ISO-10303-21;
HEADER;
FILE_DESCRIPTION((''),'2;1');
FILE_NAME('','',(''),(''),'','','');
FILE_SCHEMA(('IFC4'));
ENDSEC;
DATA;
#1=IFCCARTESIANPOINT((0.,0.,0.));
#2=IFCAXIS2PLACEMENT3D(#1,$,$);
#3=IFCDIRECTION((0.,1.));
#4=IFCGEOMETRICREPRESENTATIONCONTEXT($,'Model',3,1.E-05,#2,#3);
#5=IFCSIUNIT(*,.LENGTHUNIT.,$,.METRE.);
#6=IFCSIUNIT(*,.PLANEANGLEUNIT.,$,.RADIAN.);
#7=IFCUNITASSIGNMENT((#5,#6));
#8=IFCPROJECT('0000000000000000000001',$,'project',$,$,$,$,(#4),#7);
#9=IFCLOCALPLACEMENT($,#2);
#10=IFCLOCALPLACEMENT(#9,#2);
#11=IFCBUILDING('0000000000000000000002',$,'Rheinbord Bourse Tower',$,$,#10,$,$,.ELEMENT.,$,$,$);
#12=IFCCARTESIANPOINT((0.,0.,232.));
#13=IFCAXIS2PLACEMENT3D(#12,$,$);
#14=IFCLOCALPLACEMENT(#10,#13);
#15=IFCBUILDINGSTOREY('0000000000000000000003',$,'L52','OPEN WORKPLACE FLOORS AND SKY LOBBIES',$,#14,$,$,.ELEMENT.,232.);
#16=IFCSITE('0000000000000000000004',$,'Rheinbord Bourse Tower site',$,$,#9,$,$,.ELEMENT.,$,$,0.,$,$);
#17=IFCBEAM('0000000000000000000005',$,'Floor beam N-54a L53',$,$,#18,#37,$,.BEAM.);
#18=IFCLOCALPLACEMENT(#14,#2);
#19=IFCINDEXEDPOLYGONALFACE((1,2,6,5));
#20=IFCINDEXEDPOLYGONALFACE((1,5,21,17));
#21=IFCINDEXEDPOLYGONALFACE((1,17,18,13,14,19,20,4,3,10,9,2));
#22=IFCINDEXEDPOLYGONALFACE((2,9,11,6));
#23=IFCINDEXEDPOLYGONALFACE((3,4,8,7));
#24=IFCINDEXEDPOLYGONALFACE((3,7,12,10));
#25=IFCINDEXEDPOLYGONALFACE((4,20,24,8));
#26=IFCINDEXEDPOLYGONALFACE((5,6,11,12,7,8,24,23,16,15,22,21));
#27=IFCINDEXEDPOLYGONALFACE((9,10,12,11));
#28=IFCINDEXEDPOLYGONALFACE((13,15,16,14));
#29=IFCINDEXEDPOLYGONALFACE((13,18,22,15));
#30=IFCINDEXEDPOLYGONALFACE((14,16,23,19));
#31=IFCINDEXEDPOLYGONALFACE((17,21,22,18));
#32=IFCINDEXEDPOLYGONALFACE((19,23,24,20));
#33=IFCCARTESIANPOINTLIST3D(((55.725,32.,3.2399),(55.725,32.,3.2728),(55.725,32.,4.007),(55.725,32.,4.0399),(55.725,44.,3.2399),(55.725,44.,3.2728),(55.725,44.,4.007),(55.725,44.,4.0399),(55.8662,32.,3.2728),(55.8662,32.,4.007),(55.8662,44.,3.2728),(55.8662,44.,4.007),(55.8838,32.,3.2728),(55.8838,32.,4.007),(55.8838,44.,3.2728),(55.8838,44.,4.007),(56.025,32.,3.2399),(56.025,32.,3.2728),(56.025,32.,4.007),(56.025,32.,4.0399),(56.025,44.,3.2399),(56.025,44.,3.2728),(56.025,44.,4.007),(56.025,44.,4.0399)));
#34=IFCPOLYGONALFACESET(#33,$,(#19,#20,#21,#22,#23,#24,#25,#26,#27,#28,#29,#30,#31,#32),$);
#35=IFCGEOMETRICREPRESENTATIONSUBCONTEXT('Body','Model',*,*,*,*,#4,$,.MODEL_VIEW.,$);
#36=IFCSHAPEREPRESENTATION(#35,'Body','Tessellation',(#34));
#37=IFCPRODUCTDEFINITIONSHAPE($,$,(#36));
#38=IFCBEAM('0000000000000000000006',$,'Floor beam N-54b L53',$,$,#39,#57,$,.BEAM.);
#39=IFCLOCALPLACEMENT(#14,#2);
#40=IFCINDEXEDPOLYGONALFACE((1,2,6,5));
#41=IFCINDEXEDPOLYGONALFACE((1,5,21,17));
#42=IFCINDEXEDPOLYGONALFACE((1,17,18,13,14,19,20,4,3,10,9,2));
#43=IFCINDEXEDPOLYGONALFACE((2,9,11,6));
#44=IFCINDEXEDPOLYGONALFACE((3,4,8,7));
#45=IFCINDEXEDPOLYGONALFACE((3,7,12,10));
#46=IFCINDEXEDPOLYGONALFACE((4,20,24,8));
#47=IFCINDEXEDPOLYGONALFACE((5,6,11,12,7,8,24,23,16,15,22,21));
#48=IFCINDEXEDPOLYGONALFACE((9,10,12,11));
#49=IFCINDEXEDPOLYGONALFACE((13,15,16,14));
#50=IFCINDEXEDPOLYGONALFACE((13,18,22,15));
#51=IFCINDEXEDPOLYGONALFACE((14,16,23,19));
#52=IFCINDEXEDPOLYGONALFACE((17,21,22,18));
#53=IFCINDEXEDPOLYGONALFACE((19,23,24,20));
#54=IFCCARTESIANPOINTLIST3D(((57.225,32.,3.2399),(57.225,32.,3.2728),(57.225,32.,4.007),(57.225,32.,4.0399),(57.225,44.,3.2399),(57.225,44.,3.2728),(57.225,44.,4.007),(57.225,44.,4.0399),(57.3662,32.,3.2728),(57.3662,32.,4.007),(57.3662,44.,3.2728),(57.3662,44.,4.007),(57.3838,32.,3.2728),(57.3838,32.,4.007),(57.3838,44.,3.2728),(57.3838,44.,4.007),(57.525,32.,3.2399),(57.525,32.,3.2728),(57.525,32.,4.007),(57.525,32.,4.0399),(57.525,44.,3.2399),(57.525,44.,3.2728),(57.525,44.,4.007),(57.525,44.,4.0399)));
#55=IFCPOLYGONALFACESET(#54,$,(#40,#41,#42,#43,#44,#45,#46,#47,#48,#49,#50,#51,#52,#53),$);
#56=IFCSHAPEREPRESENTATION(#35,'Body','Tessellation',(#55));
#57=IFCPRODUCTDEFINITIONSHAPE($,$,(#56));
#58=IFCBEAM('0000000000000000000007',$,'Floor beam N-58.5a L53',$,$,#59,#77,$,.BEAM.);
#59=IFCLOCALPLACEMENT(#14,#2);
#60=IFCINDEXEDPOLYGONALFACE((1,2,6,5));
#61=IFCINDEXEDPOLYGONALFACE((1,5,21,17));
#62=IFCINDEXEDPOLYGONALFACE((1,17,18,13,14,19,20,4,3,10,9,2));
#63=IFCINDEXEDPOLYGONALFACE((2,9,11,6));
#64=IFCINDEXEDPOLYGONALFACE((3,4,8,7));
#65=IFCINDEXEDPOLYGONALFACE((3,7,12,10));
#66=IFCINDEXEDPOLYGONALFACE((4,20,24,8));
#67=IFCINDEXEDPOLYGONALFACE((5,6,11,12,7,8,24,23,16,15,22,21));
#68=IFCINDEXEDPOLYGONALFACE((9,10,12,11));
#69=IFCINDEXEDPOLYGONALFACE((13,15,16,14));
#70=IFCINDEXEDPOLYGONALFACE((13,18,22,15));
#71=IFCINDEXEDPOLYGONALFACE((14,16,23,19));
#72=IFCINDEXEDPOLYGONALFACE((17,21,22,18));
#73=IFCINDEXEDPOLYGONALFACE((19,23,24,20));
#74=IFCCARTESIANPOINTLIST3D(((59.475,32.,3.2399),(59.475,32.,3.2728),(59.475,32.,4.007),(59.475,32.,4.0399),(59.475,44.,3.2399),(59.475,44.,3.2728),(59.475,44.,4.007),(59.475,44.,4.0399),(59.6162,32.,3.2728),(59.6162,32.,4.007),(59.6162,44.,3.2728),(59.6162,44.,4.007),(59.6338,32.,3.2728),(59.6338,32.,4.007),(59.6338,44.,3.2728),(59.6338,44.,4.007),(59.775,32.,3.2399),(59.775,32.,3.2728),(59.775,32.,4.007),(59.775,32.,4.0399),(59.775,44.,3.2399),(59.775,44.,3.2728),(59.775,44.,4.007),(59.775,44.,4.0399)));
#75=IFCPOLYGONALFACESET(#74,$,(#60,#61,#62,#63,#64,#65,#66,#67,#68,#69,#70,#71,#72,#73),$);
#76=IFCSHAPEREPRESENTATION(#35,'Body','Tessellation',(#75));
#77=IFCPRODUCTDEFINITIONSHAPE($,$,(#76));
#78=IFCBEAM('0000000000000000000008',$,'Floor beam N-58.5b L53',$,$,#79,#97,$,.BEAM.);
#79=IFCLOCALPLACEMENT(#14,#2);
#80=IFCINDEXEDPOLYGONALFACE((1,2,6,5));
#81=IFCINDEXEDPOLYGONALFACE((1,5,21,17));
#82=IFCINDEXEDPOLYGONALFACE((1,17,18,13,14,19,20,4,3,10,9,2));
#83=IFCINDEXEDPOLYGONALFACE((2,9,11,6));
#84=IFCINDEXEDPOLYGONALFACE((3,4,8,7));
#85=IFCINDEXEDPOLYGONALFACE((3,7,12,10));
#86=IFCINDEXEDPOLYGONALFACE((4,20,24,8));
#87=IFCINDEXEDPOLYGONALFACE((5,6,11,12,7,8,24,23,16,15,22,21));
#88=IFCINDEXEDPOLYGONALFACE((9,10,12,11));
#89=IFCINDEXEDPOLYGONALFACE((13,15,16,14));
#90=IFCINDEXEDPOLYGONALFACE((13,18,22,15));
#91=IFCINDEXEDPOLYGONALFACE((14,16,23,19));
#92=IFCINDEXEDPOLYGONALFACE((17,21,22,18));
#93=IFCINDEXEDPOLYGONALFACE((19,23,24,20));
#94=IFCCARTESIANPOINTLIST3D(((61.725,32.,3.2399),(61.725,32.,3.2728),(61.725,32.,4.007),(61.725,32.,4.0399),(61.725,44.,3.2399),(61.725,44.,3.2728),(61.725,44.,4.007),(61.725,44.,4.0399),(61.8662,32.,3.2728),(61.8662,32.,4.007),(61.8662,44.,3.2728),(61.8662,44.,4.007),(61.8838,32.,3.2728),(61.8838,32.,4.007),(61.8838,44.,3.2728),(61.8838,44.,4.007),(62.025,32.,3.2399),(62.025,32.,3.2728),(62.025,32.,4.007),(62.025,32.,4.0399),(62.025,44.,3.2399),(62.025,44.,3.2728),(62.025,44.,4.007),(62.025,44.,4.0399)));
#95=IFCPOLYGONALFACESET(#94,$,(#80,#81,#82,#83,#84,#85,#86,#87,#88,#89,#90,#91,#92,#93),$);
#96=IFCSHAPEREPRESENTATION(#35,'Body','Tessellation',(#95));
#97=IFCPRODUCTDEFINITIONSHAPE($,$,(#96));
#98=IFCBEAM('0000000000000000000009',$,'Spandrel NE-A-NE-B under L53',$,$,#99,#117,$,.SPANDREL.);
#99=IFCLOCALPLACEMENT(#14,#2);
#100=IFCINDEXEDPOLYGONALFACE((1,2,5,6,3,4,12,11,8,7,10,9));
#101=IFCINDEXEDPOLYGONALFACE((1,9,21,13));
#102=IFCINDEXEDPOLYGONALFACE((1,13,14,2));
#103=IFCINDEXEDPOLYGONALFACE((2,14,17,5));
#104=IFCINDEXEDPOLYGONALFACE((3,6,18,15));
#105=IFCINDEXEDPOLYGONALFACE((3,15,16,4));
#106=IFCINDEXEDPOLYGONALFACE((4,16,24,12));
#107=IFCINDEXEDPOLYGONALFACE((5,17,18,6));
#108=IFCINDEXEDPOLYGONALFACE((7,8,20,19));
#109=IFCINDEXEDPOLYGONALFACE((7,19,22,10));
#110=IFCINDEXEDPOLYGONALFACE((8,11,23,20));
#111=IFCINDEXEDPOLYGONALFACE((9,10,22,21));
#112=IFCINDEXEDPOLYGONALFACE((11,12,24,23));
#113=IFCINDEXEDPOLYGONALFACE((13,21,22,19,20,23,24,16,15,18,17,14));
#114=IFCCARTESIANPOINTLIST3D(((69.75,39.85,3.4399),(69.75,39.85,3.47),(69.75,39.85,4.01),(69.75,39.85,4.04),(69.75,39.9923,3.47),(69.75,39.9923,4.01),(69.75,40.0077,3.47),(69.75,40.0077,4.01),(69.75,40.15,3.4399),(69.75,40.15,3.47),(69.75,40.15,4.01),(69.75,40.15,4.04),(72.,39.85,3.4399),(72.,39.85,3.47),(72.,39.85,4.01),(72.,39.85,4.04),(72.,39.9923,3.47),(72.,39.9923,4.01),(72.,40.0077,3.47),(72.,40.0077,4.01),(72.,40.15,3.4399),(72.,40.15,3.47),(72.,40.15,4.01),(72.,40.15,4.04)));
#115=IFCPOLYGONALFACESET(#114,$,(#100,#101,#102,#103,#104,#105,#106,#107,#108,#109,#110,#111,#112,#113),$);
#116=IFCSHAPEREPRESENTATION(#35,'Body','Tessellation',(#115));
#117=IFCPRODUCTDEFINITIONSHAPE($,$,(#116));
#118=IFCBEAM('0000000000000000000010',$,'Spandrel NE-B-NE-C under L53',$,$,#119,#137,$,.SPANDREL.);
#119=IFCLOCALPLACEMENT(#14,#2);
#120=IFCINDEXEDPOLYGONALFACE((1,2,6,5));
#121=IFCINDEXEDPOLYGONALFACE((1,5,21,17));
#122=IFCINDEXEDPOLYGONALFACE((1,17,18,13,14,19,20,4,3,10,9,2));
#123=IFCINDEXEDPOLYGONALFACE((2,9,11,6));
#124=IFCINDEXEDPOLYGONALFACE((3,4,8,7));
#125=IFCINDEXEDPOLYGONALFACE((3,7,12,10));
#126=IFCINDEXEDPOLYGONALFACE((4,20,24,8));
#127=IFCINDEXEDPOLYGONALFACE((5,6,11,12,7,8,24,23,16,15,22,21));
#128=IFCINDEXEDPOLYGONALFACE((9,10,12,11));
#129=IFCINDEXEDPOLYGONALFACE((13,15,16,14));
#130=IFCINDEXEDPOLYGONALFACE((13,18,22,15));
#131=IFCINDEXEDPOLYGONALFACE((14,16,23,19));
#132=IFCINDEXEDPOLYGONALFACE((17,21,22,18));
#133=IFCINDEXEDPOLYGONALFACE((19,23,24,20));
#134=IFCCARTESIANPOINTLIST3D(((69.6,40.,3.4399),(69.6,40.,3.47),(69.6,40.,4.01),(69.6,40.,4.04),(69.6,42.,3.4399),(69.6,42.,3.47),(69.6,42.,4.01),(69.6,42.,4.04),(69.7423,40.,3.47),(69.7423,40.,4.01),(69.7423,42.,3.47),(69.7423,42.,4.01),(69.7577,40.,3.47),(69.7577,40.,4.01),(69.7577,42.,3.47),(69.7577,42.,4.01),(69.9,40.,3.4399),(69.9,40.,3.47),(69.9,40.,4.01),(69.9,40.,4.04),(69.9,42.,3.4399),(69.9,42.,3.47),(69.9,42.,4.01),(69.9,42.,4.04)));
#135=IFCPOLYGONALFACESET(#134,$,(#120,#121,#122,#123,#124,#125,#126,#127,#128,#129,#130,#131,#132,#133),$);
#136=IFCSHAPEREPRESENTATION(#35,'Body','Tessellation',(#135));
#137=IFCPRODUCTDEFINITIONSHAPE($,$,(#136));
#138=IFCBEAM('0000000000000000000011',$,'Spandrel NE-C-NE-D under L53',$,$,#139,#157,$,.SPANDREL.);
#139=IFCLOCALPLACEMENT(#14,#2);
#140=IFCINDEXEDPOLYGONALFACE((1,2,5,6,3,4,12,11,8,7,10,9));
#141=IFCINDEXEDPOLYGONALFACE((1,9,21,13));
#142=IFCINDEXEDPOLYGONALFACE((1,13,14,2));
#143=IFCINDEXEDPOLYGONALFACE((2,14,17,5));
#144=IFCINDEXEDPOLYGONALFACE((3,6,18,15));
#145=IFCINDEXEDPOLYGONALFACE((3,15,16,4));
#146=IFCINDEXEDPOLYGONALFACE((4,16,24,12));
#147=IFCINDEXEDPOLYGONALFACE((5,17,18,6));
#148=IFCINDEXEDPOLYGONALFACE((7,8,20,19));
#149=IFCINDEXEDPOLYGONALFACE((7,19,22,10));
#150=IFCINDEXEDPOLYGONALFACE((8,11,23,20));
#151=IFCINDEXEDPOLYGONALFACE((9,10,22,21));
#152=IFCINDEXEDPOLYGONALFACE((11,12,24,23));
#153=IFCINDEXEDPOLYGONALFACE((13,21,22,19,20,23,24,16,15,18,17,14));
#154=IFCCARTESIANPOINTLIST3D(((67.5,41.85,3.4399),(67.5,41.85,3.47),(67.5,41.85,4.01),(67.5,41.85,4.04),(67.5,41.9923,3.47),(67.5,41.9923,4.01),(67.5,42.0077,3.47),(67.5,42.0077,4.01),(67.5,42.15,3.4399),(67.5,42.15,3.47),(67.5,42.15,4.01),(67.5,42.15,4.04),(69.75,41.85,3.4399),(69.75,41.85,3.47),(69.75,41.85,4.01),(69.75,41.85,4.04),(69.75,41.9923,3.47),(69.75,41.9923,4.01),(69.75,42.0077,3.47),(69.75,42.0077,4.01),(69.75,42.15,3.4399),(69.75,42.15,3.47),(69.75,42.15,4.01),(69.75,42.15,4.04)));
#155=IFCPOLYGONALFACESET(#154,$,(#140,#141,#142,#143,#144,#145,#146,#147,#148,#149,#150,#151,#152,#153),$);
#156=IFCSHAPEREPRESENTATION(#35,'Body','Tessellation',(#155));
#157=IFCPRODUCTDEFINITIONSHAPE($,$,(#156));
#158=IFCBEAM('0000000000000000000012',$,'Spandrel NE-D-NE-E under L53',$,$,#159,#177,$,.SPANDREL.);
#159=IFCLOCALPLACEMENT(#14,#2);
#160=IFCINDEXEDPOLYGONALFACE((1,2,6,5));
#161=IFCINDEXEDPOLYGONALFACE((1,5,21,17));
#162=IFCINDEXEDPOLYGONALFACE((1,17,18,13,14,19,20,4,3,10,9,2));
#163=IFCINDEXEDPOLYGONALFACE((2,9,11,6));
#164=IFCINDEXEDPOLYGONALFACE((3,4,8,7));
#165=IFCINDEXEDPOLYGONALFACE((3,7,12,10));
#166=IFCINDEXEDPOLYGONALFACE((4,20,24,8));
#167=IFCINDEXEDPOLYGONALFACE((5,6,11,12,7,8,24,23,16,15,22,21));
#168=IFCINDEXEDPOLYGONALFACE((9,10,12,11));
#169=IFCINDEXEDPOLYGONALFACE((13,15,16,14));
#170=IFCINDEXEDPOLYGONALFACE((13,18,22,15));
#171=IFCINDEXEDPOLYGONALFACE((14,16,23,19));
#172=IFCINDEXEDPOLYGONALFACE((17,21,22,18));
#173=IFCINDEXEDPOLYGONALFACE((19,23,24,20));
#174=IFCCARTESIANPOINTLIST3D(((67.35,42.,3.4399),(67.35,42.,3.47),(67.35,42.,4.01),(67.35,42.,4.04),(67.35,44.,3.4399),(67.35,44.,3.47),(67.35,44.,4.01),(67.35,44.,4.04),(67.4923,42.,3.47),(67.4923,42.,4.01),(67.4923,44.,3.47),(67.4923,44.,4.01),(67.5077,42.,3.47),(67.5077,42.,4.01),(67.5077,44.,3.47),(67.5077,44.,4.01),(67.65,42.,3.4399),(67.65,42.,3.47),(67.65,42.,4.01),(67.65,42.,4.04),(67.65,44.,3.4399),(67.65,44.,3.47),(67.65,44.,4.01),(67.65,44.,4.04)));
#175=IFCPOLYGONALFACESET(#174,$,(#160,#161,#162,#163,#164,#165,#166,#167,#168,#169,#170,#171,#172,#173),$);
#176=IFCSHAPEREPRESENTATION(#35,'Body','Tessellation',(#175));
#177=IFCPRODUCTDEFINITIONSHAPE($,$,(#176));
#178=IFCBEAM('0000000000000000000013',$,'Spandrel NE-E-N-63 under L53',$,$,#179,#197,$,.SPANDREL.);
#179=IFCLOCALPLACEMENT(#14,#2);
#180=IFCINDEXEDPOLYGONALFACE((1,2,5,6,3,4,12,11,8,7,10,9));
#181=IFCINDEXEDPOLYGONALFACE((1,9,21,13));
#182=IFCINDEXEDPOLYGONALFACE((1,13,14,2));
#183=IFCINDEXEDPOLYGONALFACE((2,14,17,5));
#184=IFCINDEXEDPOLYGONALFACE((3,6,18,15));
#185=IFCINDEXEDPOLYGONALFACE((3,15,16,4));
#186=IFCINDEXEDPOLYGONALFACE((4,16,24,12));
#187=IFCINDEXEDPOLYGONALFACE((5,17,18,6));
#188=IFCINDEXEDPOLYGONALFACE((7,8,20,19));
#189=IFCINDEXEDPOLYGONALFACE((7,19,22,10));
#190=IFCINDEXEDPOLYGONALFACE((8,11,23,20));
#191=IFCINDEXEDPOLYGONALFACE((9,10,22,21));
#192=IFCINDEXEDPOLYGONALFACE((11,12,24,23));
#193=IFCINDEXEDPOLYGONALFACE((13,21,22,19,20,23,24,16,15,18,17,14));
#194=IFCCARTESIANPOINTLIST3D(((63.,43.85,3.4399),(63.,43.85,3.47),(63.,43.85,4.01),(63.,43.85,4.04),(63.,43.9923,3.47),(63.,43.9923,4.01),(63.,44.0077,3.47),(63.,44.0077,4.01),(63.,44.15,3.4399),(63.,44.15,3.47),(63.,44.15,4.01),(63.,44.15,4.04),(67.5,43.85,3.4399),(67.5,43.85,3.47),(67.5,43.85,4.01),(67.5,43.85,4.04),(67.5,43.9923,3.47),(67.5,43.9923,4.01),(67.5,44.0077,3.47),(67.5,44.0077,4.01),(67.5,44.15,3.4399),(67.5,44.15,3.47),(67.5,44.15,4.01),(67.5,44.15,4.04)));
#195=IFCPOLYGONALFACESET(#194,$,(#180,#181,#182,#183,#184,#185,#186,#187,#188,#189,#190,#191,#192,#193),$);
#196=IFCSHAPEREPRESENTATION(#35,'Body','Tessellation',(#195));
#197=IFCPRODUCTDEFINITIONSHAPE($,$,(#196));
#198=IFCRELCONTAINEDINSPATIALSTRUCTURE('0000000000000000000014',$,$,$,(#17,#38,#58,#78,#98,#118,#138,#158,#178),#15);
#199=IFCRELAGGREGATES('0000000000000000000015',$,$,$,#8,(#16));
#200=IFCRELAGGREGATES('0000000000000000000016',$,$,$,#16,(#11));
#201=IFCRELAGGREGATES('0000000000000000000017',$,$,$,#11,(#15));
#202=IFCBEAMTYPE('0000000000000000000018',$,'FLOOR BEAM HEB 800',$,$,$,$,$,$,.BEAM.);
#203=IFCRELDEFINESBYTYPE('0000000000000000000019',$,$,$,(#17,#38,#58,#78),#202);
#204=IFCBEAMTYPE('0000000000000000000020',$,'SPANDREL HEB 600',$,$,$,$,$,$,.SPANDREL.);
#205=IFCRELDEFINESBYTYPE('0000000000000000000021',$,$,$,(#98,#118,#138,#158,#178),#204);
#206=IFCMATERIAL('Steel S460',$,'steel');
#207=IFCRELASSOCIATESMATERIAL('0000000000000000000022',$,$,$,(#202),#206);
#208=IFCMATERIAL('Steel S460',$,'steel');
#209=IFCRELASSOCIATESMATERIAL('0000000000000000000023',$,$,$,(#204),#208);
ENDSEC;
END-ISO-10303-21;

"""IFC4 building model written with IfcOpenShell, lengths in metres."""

from ifc_helpers import new_model, si_unit, direction, frame, origin, origin_2d, place, context, subcontext, project, spatial, i_section, extrude, material, material_profile, profile_set, type_object, element, save


model = new_model("IFC4")

# Units and contexts
model_context = context("Model", 3, precision=1e-05, world=origin(), true_north=direction((0.0, 1.0)))
body_context = subcontext(model_context, "Body", "Model", "MODEL_VIEW")
ifc_project = project(units=[si_unit("LENGTHUNIT", "METRE"), si_unit("PLANEANGLEUNIT", "RADIAN")], contexts=[model_context])

# Site, building, storey
site_placement = place(None, origin())
site = spatial("IfcSite", under=ifc_project, at=site_placement, Name="Rheinbord Bourse Tower site", CompositionType="ELEMENT", RefElevation=0.0)
building_placement = place(site_placement, origin())
building = spatial("IfcBuilding", under=site, at=building_placement, Name="Rheinbord Bourse Tower", CompositionType="ELEMENT")
storey_placement = place(building_placement, frame((0.0, 0.0, 232.0)))
storey = spatial("IfcBuildingStorey", under=building, at=storey_placement, Name="L52", Description="OPEN WORKPLACE FLOORS AND SKY LOBBIES", CompositionType="ELEMENT", Elevation=232.0)

# Beams
ifc_material_1 = material(Name="Steel S460", Category="steel")
ifc_material_profile_1 = material_profile(ifc_material_1, i_section(OverallWidth=0.3, OverallDepth=0.8, WebThickness=0.0176, FlangeThickness=0.033, at=origin_2d()), Name="HEB 800")
ifc_profile_set_1 = profile_set([ifc_material_profile_1], Name="Steel S460")
beam_type_1 = type_object("IfcBeamType", Name="FLOOR BEAM HEB 800", PredefinedType="BEAM", material=ifc_profile_set_1)
for number, where, z_axis, x_axis, name in (
    (1, (55.875, 44.0, 3.6399), (0.0, -1.0, 0.0), (1.0, 0.0, 0.0), "Floor beam N-54a L53"),
    (2, (57.375, 44.0, 3.6399), (0.0, -1.0, 0.0), (1.0, 0.0, 0.0), "Floor beam N-54b L53"),
    (3, (59.625, 44.0, 3.6399), (0.0, -1.0, 0.0), (1.0, 0.0, 0.0), "Floor beam N-58.5a L53"),
    (4, (61.875, 44.0, 3.6399), (0.0, -1.0, 0.0), (1.0, 0.0, 0.0), "Floor beam N-58.5b L53"),
):
    element("IfcBeam", number, at=place(storey_placement, frame(where, z_axis=z_axis, x_axis=x_axis)), inside=storey, type_object=beam_type_1, Name=name, PredefinedType="BEAM", context=body_context, shape_type="SweptSolid", body=[
        extrude(i_section(OverallWidth=0.3, OverallDepth=0.8, WebThickness=0.0176, FlangeThickness=0.033, at=origin_2d()), origin(), (0.0, 0.0, 1.0), 12.0),
    ])
ifc_material_2 = material(Name="Steel S460", Category="steel")
ifc_material_profile_2 = material_profile(ifc_material_2, i_section(OverallWidth=0.3, OverallDepth=0.6001, WebThickness=0.0154, FlangeThickness=0.03, at=origin_2d()), Name="HEB 600")
ifc_profile_set_2 = profile_set([ifc_material_profile_2], Name="Steel S460")
beam_type_2 = type_object("IfcBeamType", Name="SPANDREL HEB 600", PredefinedType="SPANDREL", material=ifc_profile_set_2)
beam_1_placement = place(storey_placement, frame((72.0, 40.0, 3.74), z_axis=(-1.0, 0.0, 0.0), x_axis=(0.0, -1.0, 0.0)))
element("IfcBeam", 5, at=beam_1_placement, inside=storey, type_object=beam_type_2, Name="Spandrel NE-A-NE-B under L53", PredefinedType="SPANDREL", context=body_context, shape_type="SweptSolid", body=[
    extrude(i_section(OverallWidth=0.3, OverallDepth=0.6001, WebThickness=0.0154, FlangeThickness=0.03, at=origin_2d()), origin(), (0.0, 0.0, 1.0), 2.25),
])
beam_2_placement = place(storey_placement, frame((69.75, 40.0, 3.74), z_axis=(0.0, 1.0, 0.0), x_axis=(-1.0, 0.0, 0.0)))
element("IfcBeam", 6, at=beam_2_placement, inside=storey, type_object=beam_type_2, Name="Spandrel NE-B-NE-C under L53", PredefinedType="SPANDREL", context=body_context, shape_type="SweptSolid", body=[
    extrude(i_section(OverallWidth=0.3, OverallDepth=0.6001, WebThickness=0.0154, FlangeThickness=0.03, at=origin_2d()), origin(), (0.0, 0.0, 1.0), 2.0),
])
beam_3_placement = place(storey_placement, frame((69.75, 42.0, 3.74), z_axis=(-1.0, 0.0, 0.0), x_axis=(0.0, -1.0, 0.0)))
element("IfcBeam", 7, at=beam_3_placement, inside=storey, type_object=beam_type_2, Name="Spandrel NE-C-NE-D under L53", PredefinedType="SPANDREL", context=body_context, shape_type="SweptSolid", body=[
    extrude(i_section(OverallWidth=0.3, OverallDepth=0.6001, WebThickness=0.0154, FlangeThickness=0.03, at=origin_2d()), origin(), (0.0, 0.0, 1.0), 2.25),
])
beam_4_placement = place(storey_placement, frame((67.5, 42.0, 3.74), z_axis=(0.0, 1.0, 0.0), x_axis=(-1.0, 0.0, 0.0)))
element("IfcBeam", 8, at=beam_4_placement, inside=storey, type_object=beam_type_2, Name="Spandrel NE-D-NE-E under L53", PredefinedType="SPANDREL", context=body_context, shape_type="SweptSolid", body=[
    extrude(i_section(OverallWidth=0.3, OverallDepth=0.6001, WebThickness=0.0154, FlangeThickness=0.03, at=origin_2d()), origin(), (0.0, 0.0, 1.0), 2.0),
])
for number, where, z_axis, x_axis, name in (
    (9, (67.5, 44.0, 3.74), (-1.0, 0.0, 0.0), (0.0, -1.0, 0.0), "Spandrel NE-E-N-63 under L53"),
):
    element("IfcBeam", number, at=place(storey_placement, frame(where, z_axis=z_axis, x_axis=x_axis)), inside=storey, type_object=beam_type_2, Name=name, PredefinedType="SPANDREL", context=body_context, shape_type="SweptSolid", body=[
        extrude(i_section(OverallWidth=0.3, OverallDepth=0.6001, WebThickness=0.0154, FlangeThickness=0.03, at=origin_2d()), origin(), (0.0, 0.0, 1.0), 4.5),
    ])

save(model, "model.ifc")
